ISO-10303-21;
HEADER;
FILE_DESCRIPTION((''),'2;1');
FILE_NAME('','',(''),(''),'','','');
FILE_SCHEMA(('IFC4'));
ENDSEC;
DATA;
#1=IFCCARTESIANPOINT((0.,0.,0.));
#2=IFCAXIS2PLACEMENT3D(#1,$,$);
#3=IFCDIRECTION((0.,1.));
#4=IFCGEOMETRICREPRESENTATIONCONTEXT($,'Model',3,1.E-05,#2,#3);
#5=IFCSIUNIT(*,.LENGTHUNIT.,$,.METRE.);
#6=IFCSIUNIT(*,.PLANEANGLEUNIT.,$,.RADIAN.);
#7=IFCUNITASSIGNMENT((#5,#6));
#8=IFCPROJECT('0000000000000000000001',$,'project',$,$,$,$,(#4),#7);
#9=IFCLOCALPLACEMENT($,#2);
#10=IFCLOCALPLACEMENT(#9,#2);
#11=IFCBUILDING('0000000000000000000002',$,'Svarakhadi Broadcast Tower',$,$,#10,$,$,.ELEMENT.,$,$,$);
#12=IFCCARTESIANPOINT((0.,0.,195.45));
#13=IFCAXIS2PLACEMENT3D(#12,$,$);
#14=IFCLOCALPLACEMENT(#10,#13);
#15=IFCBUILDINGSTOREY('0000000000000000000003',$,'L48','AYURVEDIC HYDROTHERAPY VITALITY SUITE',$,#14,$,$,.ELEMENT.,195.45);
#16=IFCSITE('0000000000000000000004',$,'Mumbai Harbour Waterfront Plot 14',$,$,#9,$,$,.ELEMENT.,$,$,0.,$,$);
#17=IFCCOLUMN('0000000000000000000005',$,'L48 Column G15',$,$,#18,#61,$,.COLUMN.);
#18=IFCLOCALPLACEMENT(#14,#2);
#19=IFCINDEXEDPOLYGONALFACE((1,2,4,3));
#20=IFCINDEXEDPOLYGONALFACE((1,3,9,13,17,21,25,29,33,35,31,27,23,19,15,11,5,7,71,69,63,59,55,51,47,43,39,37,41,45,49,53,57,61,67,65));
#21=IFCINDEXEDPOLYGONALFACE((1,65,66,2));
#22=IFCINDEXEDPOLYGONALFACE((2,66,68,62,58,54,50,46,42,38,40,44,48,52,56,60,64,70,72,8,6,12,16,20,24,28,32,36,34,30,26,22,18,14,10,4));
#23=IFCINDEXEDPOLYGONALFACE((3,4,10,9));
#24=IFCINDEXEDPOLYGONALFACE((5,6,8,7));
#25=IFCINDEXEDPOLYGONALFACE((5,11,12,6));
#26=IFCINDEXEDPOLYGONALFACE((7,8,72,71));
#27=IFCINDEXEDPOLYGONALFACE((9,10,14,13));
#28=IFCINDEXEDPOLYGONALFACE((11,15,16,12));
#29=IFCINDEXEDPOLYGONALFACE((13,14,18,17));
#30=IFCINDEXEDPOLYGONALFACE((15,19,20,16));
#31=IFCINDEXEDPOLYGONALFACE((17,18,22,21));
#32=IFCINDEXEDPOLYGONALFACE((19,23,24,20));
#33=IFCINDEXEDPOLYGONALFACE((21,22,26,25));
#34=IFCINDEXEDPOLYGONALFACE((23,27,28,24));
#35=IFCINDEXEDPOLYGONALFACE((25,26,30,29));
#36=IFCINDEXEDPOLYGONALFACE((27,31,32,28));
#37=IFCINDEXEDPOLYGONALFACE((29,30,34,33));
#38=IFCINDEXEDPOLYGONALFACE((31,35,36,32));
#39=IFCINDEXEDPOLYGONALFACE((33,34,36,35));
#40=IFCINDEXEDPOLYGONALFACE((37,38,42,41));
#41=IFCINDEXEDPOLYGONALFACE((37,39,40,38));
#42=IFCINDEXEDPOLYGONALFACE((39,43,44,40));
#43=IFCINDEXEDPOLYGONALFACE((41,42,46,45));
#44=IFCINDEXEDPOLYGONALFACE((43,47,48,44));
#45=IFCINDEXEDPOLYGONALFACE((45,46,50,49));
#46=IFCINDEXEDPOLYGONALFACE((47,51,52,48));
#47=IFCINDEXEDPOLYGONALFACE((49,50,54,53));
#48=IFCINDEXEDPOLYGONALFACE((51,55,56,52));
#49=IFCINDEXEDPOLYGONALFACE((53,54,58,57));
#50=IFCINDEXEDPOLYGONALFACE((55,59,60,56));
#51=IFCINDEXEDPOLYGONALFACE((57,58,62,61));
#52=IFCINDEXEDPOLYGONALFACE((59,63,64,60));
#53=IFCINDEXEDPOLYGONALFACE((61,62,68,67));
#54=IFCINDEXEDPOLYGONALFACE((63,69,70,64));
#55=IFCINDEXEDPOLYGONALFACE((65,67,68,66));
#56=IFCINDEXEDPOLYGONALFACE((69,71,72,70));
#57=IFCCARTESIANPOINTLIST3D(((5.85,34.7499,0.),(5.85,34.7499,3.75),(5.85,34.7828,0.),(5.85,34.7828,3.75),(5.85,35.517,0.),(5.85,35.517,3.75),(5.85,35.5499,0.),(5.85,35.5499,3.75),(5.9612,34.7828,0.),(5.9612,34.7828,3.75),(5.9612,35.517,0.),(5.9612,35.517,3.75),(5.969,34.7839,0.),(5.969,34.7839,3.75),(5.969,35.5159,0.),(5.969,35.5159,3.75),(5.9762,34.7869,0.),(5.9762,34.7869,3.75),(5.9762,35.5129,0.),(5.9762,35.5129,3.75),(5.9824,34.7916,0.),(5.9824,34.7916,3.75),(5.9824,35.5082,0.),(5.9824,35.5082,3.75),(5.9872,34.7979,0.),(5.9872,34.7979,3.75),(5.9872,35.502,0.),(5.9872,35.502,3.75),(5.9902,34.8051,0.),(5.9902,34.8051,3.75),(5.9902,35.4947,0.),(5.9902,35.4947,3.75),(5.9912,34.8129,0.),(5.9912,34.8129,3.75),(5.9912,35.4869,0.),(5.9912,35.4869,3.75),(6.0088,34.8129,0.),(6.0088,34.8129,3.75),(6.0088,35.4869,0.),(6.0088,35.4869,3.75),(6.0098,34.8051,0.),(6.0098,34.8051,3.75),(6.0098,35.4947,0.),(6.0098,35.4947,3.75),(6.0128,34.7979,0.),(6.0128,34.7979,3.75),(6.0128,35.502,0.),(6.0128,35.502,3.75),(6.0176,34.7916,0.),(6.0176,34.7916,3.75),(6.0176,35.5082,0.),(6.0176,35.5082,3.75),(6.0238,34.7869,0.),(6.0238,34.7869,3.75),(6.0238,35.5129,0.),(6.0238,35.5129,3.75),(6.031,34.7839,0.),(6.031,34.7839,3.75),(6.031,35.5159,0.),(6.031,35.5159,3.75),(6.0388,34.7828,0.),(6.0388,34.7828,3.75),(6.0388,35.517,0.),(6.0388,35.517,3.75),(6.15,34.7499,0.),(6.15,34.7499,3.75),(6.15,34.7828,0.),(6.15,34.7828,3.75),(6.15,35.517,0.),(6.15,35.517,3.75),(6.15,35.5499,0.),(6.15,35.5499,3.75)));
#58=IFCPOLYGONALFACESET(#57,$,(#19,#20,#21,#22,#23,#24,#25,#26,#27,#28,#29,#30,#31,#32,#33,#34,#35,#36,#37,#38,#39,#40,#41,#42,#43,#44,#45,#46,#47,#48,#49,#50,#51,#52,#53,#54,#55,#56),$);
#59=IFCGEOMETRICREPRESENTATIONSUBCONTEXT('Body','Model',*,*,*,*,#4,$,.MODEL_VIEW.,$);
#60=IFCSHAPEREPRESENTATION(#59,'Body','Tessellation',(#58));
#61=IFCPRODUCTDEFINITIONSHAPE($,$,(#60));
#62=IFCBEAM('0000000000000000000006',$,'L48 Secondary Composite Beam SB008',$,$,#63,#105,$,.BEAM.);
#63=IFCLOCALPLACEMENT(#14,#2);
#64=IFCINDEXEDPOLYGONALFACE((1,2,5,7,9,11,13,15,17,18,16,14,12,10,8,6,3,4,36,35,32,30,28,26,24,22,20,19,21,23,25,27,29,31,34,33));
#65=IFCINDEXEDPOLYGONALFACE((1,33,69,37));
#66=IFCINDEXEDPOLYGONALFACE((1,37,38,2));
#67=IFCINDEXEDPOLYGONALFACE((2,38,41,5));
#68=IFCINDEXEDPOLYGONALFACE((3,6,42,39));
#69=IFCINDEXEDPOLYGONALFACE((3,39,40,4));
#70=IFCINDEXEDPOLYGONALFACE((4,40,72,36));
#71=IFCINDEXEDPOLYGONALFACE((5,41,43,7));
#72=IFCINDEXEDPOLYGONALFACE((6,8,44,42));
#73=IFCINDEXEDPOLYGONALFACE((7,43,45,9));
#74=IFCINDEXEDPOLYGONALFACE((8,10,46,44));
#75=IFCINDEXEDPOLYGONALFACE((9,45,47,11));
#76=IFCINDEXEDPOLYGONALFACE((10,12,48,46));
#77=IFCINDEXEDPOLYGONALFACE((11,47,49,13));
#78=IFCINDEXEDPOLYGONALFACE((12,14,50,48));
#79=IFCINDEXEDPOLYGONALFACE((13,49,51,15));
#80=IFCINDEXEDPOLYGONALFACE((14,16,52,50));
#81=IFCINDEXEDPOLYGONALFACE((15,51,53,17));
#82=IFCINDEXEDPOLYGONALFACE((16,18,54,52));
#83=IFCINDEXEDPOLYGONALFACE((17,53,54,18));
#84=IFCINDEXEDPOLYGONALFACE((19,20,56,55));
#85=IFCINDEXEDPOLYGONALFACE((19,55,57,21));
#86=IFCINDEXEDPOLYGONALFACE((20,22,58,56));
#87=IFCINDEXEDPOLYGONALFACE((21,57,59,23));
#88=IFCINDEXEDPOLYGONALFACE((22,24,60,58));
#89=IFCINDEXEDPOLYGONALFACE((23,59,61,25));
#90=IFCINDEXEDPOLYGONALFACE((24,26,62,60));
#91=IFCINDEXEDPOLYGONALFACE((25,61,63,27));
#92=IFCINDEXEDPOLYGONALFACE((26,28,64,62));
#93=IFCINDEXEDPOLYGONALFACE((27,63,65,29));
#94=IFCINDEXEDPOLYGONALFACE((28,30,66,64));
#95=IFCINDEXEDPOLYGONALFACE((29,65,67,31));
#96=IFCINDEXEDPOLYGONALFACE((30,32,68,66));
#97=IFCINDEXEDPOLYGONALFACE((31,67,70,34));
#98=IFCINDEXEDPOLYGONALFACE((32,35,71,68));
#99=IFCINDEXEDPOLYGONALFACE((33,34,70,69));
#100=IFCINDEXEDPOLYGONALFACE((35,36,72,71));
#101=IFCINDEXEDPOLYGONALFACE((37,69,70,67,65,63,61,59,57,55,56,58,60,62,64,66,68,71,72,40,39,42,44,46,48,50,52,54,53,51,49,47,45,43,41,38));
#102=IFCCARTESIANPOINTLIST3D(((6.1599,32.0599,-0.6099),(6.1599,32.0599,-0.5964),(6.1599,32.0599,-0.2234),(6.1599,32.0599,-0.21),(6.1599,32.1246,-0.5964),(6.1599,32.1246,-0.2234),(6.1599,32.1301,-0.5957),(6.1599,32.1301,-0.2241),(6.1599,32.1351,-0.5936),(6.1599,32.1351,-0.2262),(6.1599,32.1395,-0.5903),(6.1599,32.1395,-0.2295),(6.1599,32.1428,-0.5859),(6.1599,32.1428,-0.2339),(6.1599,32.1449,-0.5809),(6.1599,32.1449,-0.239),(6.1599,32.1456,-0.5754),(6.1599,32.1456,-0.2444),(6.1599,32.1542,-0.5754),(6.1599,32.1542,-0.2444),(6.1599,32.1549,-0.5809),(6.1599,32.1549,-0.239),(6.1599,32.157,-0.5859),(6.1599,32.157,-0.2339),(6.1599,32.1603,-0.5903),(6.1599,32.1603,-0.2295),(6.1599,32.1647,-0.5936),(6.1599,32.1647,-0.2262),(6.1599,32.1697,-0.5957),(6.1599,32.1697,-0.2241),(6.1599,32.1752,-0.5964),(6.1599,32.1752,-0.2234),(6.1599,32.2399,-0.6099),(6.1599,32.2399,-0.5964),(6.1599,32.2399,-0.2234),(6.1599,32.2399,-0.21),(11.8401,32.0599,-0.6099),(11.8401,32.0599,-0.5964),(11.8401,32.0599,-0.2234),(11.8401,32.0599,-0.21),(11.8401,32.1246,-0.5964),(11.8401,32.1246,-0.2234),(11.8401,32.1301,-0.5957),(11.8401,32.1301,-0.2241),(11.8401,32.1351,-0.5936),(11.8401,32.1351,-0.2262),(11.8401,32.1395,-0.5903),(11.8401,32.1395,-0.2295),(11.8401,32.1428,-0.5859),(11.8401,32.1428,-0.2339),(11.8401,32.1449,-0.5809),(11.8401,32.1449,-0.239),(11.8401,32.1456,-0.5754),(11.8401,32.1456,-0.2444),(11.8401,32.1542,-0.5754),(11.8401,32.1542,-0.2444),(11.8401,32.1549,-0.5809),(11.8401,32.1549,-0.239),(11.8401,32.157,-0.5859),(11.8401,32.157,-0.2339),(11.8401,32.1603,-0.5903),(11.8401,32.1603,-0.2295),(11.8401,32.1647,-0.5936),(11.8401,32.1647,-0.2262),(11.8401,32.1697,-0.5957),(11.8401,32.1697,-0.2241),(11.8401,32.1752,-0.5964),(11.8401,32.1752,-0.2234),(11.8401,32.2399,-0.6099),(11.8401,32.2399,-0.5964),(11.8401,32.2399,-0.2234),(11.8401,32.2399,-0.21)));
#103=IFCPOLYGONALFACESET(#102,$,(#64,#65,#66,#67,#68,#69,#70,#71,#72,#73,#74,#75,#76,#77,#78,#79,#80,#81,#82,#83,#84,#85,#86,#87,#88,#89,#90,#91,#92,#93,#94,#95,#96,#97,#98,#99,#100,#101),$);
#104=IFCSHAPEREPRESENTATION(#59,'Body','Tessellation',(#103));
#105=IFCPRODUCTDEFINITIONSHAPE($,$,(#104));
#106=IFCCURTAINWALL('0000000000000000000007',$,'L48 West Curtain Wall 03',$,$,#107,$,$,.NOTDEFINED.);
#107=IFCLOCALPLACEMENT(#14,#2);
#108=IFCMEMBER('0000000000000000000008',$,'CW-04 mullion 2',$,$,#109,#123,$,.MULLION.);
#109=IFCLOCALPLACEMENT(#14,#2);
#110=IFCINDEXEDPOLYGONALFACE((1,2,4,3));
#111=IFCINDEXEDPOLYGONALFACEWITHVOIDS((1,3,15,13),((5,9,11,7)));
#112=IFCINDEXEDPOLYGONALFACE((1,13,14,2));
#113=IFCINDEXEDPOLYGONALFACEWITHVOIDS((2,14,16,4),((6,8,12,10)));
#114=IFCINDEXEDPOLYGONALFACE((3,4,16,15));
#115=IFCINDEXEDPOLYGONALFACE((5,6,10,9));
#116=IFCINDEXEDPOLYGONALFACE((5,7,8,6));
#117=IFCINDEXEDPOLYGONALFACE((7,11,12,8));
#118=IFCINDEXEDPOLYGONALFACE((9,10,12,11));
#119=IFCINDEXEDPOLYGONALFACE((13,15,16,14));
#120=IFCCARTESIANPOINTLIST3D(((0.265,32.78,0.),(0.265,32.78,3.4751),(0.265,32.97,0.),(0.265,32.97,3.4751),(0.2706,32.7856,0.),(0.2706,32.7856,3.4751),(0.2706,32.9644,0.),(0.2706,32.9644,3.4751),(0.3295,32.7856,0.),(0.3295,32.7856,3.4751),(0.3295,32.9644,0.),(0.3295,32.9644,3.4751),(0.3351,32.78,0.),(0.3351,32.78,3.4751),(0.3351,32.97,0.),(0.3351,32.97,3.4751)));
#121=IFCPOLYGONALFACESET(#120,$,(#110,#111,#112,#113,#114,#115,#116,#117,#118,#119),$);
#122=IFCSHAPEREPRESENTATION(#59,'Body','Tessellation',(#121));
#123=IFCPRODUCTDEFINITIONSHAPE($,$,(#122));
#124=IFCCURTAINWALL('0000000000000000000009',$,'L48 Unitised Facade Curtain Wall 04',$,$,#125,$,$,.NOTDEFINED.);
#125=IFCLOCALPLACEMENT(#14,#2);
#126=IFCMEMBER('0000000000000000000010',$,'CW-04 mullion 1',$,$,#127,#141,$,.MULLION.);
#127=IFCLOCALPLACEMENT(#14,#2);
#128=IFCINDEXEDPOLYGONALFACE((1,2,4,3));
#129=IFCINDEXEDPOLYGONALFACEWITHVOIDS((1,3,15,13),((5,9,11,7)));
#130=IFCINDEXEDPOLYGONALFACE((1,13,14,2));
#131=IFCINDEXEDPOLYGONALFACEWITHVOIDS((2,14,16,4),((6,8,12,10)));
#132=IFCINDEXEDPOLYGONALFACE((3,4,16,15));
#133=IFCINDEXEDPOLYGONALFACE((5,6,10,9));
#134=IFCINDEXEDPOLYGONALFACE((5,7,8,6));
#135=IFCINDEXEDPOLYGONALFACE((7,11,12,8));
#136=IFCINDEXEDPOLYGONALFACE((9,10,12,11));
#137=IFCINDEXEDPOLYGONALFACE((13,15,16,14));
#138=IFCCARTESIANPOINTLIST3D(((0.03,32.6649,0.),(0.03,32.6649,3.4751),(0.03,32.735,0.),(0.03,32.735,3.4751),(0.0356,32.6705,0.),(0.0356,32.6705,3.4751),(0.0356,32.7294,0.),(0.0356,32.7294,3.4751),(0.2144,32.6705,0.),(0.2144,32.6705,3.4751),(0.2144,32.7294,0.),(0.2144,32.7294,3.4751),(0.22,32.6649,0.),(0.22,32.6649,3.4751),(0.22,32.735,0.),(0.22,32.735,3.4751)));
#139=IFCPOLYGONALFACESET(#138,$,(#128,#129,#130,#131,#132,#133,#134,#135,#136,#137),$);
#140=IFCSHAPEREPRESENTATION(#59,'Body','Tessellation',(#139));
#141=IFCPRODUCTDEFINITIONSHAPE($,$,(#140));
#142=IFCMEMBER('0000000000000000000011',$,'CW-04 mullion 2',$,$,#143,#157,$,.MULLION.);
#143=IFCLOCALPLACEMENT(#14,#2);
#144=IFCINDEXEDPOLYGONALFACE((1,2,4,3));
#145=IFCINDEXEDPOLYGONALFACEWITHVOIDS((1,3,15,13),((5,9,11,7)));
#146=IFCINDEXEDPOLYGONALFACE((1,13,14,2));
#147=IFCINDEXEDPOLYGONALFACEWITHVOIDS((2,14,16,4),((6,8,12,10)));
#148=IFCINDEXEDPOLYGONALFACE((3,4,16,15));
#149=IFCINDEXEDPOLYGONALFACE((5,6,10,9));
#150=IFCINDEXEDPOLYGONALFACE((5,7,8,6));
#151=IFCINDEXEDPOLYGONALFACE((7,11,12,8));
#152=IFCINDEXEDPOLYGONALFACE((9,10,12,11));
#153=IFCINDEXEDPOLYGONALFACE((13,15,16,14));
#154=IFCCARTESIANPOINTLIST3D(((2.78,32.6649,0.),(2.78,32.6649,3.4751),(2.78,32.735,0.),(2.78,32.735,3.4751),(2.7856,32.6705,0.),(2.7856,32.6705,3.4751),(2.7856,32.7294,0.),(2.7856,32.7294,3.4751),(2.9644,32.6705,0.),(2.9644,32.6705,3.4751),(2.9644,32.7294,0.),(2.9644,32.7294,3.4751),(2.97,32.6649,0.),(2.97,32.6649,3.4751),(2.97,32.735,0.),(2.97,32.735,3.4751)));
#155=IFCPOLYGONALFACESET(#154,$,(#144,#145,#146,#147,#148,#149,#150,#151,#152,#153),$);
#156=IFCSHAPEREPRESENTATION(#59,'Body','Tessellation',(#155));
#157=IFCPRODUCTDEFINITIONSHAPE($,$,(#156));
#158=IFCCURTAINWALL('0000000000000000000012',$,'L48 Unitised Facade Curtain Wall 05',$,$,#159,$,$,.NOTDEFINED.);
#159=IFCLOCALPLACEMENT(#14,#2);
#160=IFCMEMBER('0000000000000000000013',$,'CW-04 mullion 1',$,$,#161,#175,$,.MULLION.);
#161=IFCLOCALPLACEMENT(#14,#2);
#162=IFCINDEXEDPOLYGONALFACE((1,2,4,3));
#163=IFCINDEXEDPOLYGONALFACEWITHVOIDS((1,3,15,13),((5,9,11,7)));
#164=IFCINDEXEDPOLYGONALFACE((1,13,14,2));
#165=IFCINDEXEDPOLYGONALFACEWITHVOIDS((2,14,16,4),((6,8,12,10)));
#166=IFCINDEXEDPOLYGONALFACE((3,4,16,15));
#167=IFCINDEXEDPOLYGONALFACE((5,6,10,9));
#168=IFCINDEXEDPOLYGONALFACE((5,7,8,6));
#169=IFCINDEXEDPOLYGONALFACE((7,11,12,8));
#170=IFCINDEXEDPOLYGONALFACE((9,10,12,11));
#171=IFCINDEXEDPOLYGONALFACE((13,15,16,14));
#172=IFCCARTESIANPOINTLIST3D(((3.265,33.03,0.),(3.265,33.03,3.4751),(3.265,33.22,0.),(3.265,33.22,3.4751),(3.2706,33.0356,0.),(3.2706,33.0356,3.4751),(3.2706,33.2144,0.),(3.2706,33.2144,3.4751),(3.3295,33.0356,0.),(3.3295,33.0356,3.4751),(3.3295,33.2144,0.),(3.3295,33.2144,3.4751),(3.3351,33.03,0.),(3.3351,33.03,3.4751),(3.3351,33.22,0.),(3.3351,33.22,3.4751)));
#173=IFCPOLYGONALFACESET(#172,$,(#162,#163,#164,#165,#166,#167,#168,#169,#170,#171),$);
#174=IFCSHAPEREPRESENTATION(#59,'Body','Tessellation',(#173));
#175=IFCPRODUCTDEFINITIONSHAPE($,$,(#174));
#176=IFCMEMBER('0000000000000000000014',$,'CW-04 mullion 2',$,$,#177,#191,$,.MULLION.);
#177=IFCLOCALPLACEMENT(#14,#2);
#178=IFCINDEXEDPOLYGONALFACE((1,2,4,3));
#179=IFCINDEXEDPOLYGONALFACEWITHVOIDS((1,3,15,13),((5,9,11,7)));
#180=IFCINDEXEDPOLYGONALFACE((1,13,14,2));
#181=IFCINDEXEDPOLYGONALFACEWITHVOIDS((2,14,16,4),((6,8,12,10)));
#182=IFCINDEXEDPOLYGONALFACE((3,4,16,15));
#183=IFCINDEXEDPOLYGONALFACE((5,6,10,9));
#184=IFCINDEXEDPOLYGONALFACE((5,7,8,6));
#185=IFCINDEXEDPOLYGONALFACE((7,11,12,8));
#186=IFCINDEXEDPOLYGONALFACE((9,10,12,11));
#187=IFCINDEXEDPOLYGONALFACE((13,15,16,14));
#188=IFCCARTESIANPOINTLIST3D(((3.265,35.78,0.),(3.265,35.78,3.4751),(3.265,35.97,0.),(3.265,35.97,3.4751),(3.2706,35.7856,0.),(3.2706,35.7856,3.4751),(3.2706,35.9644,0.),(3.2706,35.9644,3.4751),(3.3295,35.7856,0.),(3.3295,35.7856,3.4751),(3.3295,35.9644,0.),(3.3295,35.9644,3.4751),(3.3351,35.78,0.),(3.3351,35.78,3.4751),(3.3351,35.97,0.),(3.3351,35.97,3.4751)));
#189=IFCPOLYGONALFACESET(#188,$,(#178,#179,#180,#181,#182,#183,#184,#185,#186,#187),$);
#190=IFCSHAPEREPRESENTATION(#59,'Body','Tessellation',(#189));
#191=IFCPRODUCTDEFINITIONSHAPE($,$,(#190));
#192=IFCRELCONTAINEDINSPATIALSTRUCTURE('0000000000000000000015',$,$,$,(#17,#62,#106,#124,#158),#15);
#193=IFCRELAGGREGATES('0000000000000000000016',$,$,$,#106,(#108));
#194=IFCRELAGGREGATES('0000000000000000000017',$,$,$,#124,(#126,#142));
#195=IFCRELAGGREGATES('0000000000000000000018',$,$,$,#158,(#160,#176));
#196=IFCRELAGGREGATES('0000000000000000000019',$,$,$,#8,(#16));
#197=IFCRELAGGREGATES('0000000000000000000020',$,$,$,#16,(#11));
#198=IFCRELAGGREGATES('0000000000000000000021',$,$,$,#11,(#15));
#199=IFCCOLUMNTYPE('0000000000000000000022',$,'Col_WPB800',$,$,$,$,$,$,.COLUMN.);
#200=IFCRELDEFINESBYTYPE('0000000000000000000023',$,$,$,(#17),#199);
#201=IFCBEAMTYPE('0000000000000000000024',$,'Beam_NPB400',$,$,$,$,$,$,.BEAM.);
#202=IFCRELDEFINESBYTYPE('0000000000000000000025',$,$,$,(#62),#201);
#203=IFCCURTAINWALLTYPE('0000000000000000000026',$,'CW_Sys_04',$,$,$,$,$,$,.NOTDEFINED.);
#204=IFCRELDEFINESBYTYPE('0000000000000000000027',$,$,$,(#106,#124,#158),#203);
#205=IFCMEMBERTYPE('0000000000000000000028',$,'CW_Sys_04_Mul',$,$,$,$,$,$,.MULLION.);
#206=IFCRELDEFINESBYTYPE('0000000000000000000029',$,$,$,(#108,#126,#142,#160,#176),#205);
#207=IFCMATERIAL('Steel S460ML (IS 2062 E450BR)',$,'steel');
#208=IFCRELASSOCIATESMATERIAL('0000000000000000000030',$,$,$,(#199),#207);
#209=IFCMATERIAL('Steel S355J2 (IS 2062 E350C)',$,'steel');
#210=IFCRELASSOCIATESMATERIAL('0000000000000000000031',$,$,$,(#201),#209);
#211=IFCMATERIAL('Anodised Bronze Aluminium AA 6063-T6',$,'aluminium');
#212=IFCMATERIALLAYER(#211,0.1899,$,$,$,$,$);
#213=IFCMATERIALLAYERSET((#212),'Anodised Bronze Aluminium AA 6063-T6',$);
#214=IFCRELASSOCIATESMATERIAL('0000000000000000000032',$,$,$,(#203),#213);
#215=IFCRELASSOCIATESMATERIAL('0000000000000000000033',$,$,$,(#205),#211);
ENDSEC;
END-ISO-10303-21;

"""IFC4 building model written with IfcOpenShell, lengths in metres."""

from ifc_helpers import new_model, si_unit, direction, frame, origin, origin_2d, place, context, subcontext, project, spatial, hollow_rectangle, i_section, extrude, material, layer, layer_set, material_profile, profile_set, type_object, element, aggregate, save


model = new_model("IFC4")

# Units and contexts
model_context = context("Model", 3, precision=1e-05, world=origin(), true_north=direction((0.0, 1.0)))
body_context = subcontext(model_context, "Body", "Model", "MODEL_VIEW")
ifc_project = project(units=[si_unit("LENGTHUNIT", "METRE"), si_unit("PLANEANGLEUNIT", "RADIAN")], contexts=[model_context])

# Site, building, storey
site_placement = place(None, origin())
site = spatial("IfcSite", under=ifc_project, at=site_placement, Name="Mumbai Harbour Waterfront Plot 14", CompositionType="ELEMENT", RefElevation=0.0)
building_placement = place(site_placement, origin())
building = spatial("IfcBuilding", under=site, at=building_placement, Name="Svarakhadi Broadcast Tower", CompositionType="ELEMENT")
storey_placement = place(building_placement, frame((0.0, 0.0, 195.45)))
storey = spatial("IfcBuildingStorey", under=building, at=storey_placement, Name="L48", Description="AYURVEDIC HYDROTHERAPY VITALITY SUITE", CompositionType="ELEMENT", Elevation=195.45)

# Column
ifc_material_1 = material(Name="Steel S460ML (IS 2062 E450BR)", Category="steel")
ifc_material_profile_1 = material_profile(ifc_material_1, i_section(OverallWidth=0.3, OverallDepth=0.8, WebThickness=0.0176, FlangeThickness=0.033, FilletRadius=0.03, at=origin_2d()), Name="WPB 800x300x262")
ifc_profile_set_1 = profile_set([ifc_material_profile_1], Name="Steel S460ML (IS 2062 E450BR)")
column_type = type_object("IfcColumnType", Name="Col_WPB800", PredefinedType="COLUMN", material=ifc_profile_set_1)
column_placement = place(storey_placement, frame((6.0, 35.1499, 0.0), z_axis=(0.0, 0.0, 1.0), x_axis=(1.0, 0.0, 0.0)))
element("IfcColumn", 1, at=column_placement, inside=storey, type_object=column_type, Name="L48 Column G15", PredefinedType="COLUMN", context=body_context, shape_type="SweptSolid", body=[
    extrude(i_section(OverallWidth=0.3, OverallDepth=0.8, WebThickness=0.0176, FlangeThickness=0.033, FilletRadius=0.03, at=origin_2d()), origin(), (0.0, 0.0, 1.0), 3.75),
])

# Beam
ifc_material_2 = material(Name="Steel S355J2 (IS 2062 E350C)", Category="steel")
ifc_material_profile_2 = material_profile(ifc_material_2, i_section(OverallWidth=0.1799, OverallDepth=0.3999, WebThickness=0.0085, FlangeThickness=0.0134, FilletRadius=0.021, at=origin_2d()), Name="NPB 400x180x66")
ifc_profile_set_2 = profile_set([ifc_material_profile_2], Name="Steel S355J2 (IS 2062 E350C)")
beam_type_1 = type_object("IfcBeamType", Name="Beam_NPB400", PredefinedType="BEAM", material=ifc_profile_set_2)
beam_1_placement = place(storey_placement, frame((6.1599, 32.1499, -0.4099), z_axis=(1.0, 0.0, 0.0), x_axis=(0.0, 1.0, 0.0)))
element("IfcBeam", 2, at=beam_1_placement, inside=storey, type_object=beam_type_1, Name="L48 Secondary Composite Beam SB008", PredefinedType="BEAM", context=body_context, shape_type="SweptSolid", body=[
    extrude(i_section(OverallWidth=0.1799, OverallDepth=0.3999, WebThickness=0.0085, FlangeThickness=0.0134, FilletRadius=0.021, at=origin_2d()), origin(), (0.0, 0.0, 1.0), 5.6802),
])

# Curtain wall, member
ifc_material_3 = material(Name="Anodised Bronze Aluminium AA 6063-T6", Category="aluminium")
ifc_layer_1 = layer(ifc_material_3, 0.1899)
ifc_layer_set_1 = layer_set([ifc_layer_1], Name="Anodised Bronze Aluminium AA 6063-T6")
curtain_wall_type = type_object("IfcCurtainWallType", Name="CW_Sys_04", PredefinedType="NOTDEFINED", material=ifc_layer_set_1)
curtain_wall_1_placement = place(storey_placement, origin())
curtain_wall_1 = element("IfcCurtainWall", 3, at=curtain_wall_1_placement, inside=storey, type_object=curtain_wall_type, Name="L48 West Curtain Wall 03", PredefinedType="NOTDEFINED")
ifc_material_profile_3 = material_profile(ifc_material_3, hollow_rectangle(XDim=0.0701, YDim=0.1899, WallThickness=0.0056, at=origin_2d()), Name="ALU MULLION 190x70x6")
ifc_profile_set_3 = profile_set([ifc_material_profile_3], Name="Anodised Bronze Aluminium AA 6063-T6")
member_type_1 = type_object("IfcMemberType", Name="CW_Sys_04_Mul", PredefinedType="MULLION", material=ifc_profile_set_3)
member_1_placement = place(storey_placement, frame((0.3, 32.875, 0.0), z_axis=(0.0, 0.0, 1.0), x_axis=(-1.0, 0.0, 0.0)))
member_1 = element("IfcMember", 4, at=member_1_placement, type_object=member_type_1, Name="CW-04 mullion 2", PredefinedType="MULLION", context=body_context, shape_type="SweptSolid", body=[
    extrude(hollow_rectangle(XDim=0.0701, YDim=0.1899, WallThickness=0.0056, at=origin_2d()), origin(), (0.0, 0.0, 1.0), 3.4751),
])

# Curtain walls, members
curtain_wall_2_placement = place(storey_placement, origin())
curtain_wall_2 = element("IfcCurtainWall", 5, at=curtain_wall_2_placement, inside=storey, type_object=curtain_wall_type, Name="L48 Unitised Facade Curtain Wall 04", PredefinedType="NOTDEFINED")
member_2_placement = place(storey_placement, frame((0.125, 32.7, 0.0), z_axis=(0.0, 0.0, 1.0), x_axis=(0.0, 1.0, 0.0)))
member_2 = element("IfcMember", 6, at=member_2_placement, type_object=member_type_1, Name="CW-04 mullion 1", PredefinedType="MULLION", context=body_context, shape_type="SweptSolid", body=[
    extrude(hollow_rectangle(XDim=0.0701, YDim=0.1899, WallThickness=0.0056, at=origin_2d()), origin(), (0.0, 0.0, 1.0), 3.4751),
])
member_3_placement = place(storey_placement, frame((2.875, 32.7, 0.0), z_axis=(0.0, 0.0, 1.0), x_axis=(0.0, 1.0, 0.0)))
member_3 = element("IfcMember", 7, at=member_3_placement, type_object=member_type_1, Name="CW-04 mullion 2", PredefinedType="MULLION", context=body_context, shape_type="SweptSolid", body=[
    extrude(hollow_rectangle(XDim=0.0701, YDim=0.1899, WallThickness=0.0056, at=origin_2d()), origin(), (0.0, 0.0, 1.0), 3.4751),
])
curtain_wall_3_placement = place(storey_placement, origin())
curtain_wall_3 = element("IfcCurtainWall", 8, at=curtain_wall_3_placement, inside=storey, type_object=curtain_wall_type, Name="L48 Unitised Facade Curtain Wall 05", PredefinedType="NOTDEFINED")
member_4_placement = place(storey_placement, frame((3.3, 33.125, 0.0), z_axis=(0.0, 0.0, 1.0), x_axis=(-1.0, 0.0, 0.0)))
member_4 = element("IfcMember", 9, at=member_4_placement, type_object=member_type_1, Name="CW-04 mullion 1", PredefinedType="MULLION", context=body_context, shape_type="SweptSolid", body=[
    extrude(hollow_rectangle(XDim=0.0701, YDim=0.1899, WallThickness=0.0056, at=origin_2d()), origin(), (0.0, 0.0, 1.0), 3.4751),
])
member_5_placement = place(storey_placement, frame((3.3, 35.875, 0.0), z_axis=(0.0, 0.0, 1.0), x_axis=(-1.0, 0.0, 0.0)))
member_5 = element("IfcMember", 10, at=member_5_placement, type_object=member_type_1, Name="CW-04 mullion 2", PredefinedType="MULLION", context=body_context, shape_type="SweptSolid", body=[
    extrude(hollow_rectangle(XDim=0.0701, YDim=0.1899, WallThickness=0.0056, at=origin_2d()), origin(), (0.0, 0.0, 1.0), 3.4751),
])

aggregate(curtain_wall_1, [member_1])
aggregate(curtain_wall_2, [member_2, member_3])
aggregate(curtain_wall_3, [member_4, member_5])

save(model, "model.ifc")
